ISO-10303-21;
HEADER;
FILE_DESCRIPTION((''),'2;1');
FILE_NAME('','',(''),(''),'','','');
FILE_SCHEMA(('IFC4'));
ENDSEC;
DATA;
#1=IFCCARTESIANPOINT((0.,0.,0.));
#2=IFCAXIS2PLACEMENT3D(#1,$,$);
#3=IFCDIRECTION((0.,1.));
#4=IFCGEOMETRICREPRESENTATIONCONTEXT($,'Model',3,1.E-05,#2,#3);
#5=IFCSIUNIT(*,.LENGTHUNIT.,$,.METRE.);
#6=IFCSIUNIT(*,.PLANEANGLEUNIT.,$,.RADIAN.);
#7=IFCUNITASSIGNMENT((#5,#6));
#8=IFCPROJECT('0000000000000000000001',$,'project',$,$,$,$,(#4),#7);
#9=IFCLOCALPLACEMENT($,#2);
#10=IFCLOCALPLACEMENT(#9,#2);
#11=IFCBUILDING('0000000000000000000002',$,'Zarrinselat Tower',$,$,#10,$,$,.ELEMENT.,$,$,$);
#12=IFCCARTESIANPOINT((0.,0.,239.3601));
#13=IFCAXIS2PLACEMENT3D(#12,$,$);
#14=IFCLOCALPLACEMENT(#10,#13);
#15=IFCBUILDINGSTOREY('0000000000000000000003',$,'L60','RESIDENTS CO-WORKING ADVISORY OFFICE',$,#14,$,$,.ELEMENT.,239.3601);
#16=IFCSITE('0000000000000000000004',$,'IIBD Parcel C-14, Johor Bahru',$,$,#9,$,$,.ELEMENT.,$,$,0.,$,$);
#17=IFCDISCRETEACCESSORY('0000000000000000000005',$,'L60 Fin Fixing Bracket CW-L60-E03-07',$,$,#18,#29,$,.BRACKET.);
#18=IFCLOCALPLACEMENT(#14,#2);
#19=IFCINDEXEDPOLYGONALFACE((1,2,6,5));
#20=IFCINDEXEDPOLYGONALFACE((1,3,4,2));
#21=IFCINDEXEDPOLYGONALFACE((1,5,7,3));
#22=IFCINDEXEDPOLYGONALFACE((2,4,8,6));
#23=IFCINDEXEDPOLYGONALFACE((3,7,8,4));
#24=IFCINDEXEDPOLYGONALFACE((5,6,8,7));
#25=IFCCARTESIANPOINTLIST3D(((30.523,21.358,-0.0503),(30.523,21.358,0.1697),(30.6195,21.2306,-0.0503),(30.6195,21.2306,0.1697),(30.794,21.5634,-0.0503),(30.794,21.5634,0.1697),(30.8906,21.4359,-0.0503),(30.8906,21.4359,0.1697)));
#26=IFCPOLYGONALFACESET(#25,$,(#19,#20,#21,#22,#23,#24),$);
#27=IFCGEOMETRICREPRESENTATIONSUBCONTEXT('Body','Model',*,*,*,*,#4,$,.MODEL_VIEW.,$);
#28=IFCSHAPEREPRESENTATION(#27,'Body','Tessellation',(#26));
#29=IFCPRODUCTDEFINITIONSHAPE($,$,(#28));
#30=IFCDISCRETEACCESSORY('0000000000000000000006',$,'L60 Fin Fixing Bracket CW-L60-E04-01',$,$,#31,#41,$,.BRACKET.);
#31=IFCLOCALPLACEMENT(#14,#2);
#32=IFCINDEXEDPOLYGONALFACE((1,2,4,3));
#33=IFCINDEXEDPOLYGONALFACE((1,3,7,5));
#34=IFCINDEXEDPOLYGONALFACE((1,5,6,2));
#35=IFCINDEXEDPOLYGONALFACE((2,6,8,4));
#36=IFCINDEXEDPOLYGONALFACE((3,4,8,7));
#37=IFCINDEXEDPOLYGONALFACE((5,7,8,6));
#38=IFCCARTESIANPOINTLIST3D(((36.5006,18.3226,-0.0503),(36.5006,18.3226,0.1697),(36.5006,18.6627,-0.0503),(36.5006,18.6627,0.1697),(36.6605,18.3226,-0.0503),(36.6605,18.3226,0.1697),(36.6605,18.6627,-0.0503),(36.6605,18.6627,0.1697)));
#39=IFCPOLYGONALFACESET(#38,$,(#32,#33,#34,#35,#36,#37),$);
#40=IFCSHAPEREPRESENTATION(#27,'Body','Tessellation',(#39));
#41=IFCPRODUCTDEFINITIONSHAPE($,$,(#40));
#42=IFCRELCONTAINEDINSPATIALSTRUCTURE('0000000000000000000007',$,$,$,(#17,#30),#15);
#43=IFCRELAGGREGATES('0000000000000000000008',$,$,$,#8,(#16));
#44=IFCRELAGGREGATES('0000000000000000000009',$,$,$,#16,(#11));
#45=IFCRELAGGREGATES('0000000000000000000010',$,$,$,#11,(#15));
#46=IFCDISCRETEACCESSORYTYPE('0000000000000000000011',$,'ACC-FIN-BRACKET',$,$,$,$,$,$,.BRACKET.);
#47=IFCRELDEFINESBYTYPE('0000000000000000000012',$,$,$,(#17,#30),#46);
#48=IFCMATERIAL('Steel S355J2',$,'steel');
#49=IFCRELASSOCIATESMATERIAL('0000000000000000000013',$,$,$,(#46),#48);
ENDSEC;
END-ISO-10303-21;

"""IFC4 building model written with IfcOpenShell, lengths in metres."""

from ifc_helpers import new_model, si_unit, direction, frame, origin, origin_2d, place, context, subcontext, project, spatial, rectangle, extrude, material, type_object, element, save


model = new_model("IFC4")

# Units and contexts
model_context = context("Model", 3, precision=1e-05, world=origin(), true_north=direction((0.0, 1.0)))
body_context = subcontext(model_context, "Body", "Model", "MODEL_VIEW")
ifc_project = project(units=[si_unit("LENGTHUNIT", "METRE"), si_unit("PLANEANGLEUNIT", "RADIAN")], contexts=[model_context])

# Site, building, storey
site_placement = place(None, origin())
site = spatial("IfcSite", under=ifc_project, at=site_placement, Name="IIBD Parcel C-14, Johor Bahru", CompositionType="ELEMENT", RefElevation=0.0)
building_placement = place(site_placement, origin())
building = spatial("IfcBuilding", under=site, at=building_placement, Name="Zarrinselat Tower", CompositionType="ELEMENT")
storey_placement = place(building_placement, frame((0.0, 0.0, 239.3601)))
storey = spatial("IfcBuildingStorey", under=building, at=storey_placement, Name="L60", Description="RESIDENTS CO-WORKING ADVISORY OFFICE", CompositionType="ELEMENT", Elevation=239.3601)

# Discrete accessories
ifc_material_1 = material(Name="Steel S355J2", Category="steel")
discrete_accessory_type = type_object("IfcDiscreteAccessoryType", Name="ACC-FIN-BRACKET", PredefinedType="BRACKET", material=ifc_material_1)
for number, where, z_axis, x_axis, name in (
    (1, (30.7068, 21.397, -0.0503), (0.0, 0.0, 1.0), (-0.797092, -0.603858, 0.0), "L60 Fin Fixing Bracket CW-L60-E03-07"),
    (2, (36.5806, 18.4927, -0.0503), (0.0, 0.0, 1.0), (0.0, -1.0, 0.0), "L60 Fin Fixing Bracket CW-L60-E04-01"),
):
    element("IfcDiscreteAccessory", number, at=place(storey_placement, frame(where, z_axis=z_axis, x_axis=x_axis)), inside=storey, type_object=discrete_accessory_type, Name=name, PredefinedType="BRACKET", context=body_context, shape_type="SweptSolid", body=[
        extrude(rectangle(XDim=0.3401, YDim=0.1599, at=origin_2d()), origin(), (0.0, 0.0, 1.0), 0.22),
    ])

save(model, "model.ifc")
